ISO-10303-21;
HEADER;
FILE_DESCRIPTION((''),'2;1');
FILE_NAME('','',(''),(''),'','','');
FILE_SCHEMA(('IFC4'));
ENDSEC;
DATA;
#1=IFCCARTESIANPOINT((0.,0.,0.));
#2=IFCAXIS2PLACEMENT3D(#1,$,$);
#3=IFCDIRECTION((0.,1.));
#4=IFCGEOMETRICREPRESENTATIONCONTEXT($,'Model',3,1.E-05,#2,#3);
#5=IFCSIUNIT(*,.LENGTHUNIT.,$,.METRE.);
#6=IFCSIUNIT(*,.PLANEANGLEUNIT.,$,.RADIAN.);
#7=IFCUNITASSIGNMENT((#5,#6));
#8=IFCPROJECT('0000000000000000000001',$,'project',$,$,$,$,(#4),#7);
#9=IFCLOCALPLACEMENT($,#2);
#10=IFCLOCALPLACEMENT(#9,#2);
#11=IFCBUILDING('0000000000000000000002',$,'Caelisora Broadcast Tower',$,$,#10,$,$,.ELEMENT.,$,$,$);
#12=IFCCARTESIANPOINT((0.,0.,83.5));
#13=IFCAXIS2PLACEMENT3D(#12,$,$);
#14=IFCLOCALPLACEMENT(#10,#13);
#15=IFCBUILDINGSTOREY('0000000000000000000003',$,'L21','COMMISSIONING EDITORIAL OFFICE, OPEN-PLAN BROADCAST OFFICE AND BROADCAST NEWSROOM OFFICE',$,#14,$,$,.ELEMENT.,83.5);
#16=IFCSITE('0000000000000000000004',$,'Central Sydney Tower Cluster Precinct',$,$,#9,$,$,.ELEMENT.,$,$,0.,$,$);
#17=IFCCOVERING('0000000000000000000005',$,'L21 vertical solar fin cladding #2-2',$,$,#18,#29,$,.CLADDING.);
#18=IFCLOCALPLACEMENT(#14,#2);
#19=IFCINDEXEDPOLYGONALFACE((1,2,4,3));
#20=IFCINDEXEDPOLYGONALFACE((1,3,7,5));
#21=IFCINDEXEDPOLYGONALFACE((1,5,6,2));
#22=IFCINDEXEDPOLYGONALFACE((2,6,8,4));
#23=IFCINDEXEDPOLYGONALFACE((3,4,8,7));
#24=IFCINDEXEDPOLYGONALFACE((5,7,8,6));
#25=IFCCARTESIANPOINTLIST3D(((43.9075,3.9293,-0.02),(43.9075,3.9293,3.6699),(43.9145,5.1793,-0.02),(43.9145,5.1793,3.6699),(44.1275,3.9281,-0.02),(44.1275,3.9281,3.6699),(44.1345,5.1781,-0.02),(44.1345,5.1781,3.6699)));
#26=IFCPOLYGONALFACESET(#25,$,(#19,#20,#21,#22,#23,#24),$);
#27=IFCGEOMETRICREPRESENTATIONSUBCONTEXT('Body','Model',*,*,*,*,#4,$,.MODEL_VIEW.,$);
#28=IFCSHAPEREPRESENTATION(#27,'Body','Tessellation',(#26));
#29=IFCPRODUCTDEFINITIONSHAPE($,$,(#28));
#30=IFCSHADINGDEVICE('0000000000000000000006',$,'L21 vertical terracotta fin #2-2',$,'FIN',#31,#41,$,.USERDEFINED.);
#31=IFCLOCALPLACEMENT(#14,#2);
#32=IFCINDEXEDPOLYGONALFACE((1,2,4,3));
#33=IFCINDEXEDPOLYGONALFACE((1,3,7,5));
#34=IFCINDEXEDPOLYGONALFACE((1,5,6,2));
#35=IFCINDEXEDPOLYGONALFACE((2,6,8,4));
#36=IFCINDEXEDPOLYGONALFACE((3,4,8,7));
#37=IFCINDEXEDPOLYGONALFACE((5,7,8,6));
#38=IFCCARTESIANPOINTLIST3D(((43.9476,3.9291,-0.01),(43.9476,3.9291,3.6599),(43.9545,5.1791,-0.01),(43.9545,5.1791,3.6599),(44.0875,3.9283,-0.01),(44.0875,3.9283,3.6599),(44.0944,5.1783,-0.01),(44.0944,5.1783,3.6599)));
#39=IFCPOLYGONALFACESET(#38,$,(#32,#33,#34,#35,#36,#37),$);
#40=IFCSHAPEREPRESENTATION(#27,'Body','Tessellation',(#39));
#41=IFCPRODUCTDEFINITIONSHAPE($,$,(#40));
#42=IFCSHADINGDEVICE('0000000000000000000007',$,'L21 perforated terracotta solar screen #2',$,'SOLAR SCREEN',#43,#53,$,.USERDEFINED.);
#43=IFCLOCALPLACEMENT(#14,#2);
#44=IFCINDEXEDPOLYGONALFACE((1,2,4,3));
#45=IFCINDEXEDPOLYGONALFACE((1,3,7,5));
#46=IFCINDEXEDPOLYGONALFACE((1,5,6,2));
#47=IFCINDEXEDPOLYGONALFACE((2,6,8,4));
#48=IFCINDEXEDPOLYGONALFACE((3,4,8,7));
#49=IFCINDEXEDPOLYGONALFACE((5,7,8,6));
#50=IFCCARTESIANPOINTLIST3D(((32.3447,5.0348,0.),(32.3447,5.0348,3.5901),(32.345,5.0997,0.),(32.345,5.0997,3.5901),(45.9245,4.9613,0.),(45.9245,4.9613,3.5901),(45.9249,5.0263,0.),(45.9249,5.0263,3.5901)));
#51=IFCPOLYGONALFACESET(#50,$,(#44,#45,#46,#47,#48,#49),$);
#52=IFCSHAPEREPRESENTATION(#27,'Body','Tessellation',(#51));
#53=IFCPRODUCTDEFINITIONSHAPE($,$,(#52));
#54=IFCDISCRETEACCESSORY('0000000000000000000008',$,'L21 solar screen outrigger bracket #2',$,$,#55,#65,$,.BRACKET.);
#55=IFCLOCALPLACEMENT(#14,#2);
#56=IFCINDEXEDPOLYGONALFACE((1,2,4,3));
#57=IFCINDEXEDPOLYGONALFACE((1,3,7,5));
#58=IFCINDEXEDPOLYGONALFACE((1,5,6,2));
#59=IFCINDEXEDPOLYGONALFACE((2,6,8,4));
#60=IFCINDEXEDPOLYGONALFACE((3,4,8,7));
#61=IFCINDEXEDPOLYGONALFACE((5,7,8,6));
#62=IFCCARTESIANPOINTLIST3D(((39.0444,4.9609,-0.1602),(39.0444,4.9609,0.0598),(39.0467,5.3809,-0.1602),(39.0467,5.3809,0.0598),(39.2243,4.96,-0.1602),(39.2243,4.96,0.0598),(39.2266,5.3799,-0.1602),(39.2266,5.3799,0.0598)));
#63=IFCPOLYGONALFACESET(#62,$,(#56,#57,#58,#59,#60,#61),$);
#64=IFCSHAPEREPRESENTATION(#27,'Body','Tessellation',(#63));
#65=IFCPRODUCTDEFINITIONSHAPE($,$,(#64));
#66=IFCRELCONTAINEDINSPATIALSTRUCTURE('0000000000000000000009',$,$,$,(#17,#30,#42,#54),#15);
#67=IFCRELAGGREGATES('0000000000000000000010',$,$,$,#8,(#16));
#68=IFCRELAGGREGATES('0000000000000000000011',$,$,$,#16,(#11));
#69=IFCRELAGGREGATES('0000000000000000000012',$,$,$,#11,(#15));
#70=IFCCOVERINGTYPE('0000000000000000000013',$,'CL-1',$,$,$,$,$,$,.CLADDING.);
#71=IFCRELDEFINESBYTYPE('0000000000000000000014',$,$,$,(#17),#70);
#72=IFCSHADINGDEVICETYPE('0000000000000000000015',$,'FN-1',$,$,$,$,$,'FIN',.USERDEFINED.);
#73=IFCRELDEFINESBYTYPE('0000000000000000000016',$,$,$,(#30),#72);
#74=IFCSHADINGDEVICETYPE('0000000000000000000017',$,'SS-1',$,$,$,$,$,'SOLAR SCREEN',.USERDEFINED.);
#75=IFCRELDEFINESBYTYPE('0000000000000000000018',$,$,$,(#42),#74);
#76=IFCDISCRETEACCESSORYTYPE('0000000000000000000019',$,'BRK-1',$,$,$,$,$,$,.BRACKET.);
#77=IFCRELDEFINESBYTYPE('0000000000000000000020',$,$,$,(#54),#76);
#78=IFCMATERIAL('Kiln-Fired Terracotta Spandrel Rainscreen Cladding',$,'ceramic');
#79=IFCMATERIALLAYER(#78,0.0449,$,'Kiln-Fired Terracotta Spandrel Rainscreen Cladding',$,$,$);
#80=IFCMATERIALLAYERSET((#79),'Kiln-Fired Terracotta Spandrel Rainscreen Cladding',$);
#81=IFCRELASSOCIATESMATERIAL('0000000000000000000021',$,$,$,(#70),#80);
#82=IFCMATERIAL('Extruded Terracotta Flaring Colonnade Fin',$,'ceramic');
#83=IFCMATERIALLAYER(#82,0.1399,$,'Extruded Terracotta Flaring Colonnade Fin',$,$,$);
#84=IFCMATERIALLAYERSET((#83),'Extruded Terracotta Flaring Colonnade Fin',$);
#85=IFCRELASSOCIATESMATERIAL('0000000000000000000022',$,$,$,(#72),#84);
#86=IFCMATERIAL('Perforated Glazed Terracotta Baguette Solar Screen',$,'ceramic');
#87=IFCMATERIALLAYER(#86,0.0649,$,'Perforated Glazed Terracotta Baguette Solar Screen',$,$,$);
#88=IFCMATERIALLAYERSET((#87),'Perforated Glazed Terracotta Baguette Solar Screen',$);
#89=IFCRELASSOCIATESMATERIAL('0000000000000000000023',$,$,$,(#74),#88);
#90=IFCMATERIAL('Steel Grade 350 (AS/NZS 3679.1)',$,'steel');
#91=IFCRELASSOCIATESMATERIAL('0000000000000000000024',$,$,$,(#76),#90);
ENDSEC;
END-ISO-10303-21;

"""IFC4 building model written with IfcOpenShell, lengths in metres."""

from ifc_helpers import new_model, si_unit, direction, frame, origin, origin_2d, place, context, subcontext, project, spatial, rectangle, extrude, source, transform, mapped, material, layer, layer_set, type_object, type_shapes, element, save


model = new_model("IFC4")

# Units and contexts
model_context = context("Model", 3, precision=1e-05, world=origin(), true_north=direction((0.0, 1.0)))
body_context = subcontext(model_context, "Body", "Model", "MODEL_VIEW")
ifc_project = project(units=[si_unit("LENGTHUNIT", "METRE"), si_unit("PLANEANGLEUNIT", "RADIAN")], contexts=[model_context])

# Site, building, storey
site_placement = place(None, origin())
site = spatial("IfcSite", under=ifc_project, at=site_placement, Name="Central Sydney Tower Cluster Precinct", CompositionType="ELEMENT", RefElevation=0.0)
building_placement = place(site_placement, origin())
building = spatial("IfcBuilding", under=site, at=building_placement, Name="Caelisora Broadcast Tower", CompositionType="ELEMENT")
storey_placement = place(building_placement, frame((0.0, 0.0, 83.5)))
storey = spatial("IfcBuildingStorey", under=building, at=storey_placement, Name="L21", Description="COMMISSIONING EDITORIAL OFFICE, OPEN-PLAN BROADCAST OFFICE AND BROADCAST NEWSROOM OFFICE", CompositionType="ELEMENT", Elevation=83.5)

# Shared definitions
ifc_material_1 = material(Name="Steel Grade 350 (AS/NZS 3679.1)", Category="steel")

# Covering
ifc_material_2 = material(Name="Kiln-Fired Terracotta Spandrel Rainscreen Cladding", Category="ceramic")
ifc_layer_1 = layer(ifc_material_2, 0.0449, Name="Kiln-Fired Terracotta Spandrel Rainscreen Cladding")
ifc_layer_set_1 = layer_set([ifc_layer_1], Name="Kiln-Fired Terracotta Spandrel Rainscreen Cladding")
covering_type = type_object("IfcCoveringType", Name="CL-1", PredefinedType="CLADDING", material=ifc_layer_set_1)
shared_shape_1 = source(origin(), body_context, "Body", "SweptSolid", [
    extrude(rectangle(XDim=0.22, YDim=1.25, at=origin_2d()), origin(), (0.0, 0.0, 1.0), 3.6899),
])
type_shapes(covering_type, [shared_shape_1])
covering_placement = place(storey_placement, frame((44.021, 4.5537, -0.02), z_axis=(0.0, 0.0, 1.0), x_axis=(-0.999984, 0.005585, 0.0)))
element("IfcCovering", 1, at=covering_placement, inside=storey, type_object=covering_type, Name="L21 vertical solar fin cladding #2-2", PredefinedType="CLADDING", context=body_context, shape_type="MappedRepresentation", body=[
    mapped(shared_shape_1, transform((0.0, 0.0, 0.0), scale=1.0)),
])

# Shading devices
ifc_material_3 = material(Name="Extruded Terracotta Flaring Colonnade Fin", Category="ceramic")
ifc_layer_2 = layer(ifc_material_3, 0.1399, Name="Extruded Terracotta Flaring Colonnade Fin")
ifc_layer_set_2 = layer_set([ifc_layer_2], Name="Extruded Terracotta Flaring Colonnade Fin")
shading_device_type_1 = type_object("IfcShadingDeviceType", Name="FN-1", ElementType="FIN", PredefinedType="USERDEFINED", material=ifc_layer_set_2)
shared_shape_2 = source(origin(), body_context, "Body", "SweptSolid", [
    extrude(rectangle(XDim=0.1399, YDim=1.25, at=origin_2d()), origin(), (0.0, 0.0, 1.0), 3.6699),
])
type_shapes(shading_device_type_1, [shared_shape_2])
shading_device_1_placement = place(storey_placement, frame((44.021, 4.5537, -0.01), z_axis=(0.0, 0.0, 1.0), x_axis=(-0.999984, 0.005585, 0.0)))
element("IfcShadingDevice", 2, at=shading_device_1_placement, inside=storey, type_object=shading_device_type_1, Name="L21 vertical terracotta fin #2-2", ObjectType="FIN", PredefinedType="USERDEFINED", context=body_context, shape_type="MappedRepresentation", body=[
    mapped(shared_shape_2, transform((0.0, 0.0, 0.0), scale=1.0)),
])
ifc_material_4 = material(Name="Perforated Glazed Terracotta Baguette Solar Screen", Category="ceramic")
ifc_layer_3 = layer(ifc_material_4, 0.0649, Name="Perforated Glazed Terracotta Baguette Solar Screen")
ifc_layer_set_3 = layer_set([ifc_layer_3], Name="Perforated Glazed Terracotta Baguette Solar Screen")
shading_device_type_2 = type_object("IfcShadingDeviceType", Name="SS-1", ElementType="SOLAR SCREEN", PredefinedType="USERDEFINED", material=ifc_layer_set_3)
shared_shape_3 = source(origin(), body_context, "Body", "SweptSolid", [
    extrude(rectangle(XDim=13.5801, YDim=0.0649, at=origin_2d()), origin(), (0.0, 0.0, 1.0), 3.5901),
])
type_shapes(shading_device_type_2, [shared_shape_3])
shading_device_2_placement = place(storey_placement, frame((39.1348, 5.0305, 0.0), z_axis=(0.0, 0.0, 1.0), x_axis=(0.999985, -0.00541, 0.0)))
element("IfcShadingDevice", 3, at=shading_device_2_placement, inside=storey, type_object=shading_device_type_2, Name="L21 perforated terracotta solar screen #2", ObjectType="SOLAR SCREEN", PredefinedType="USERDEFINED", context=body_context, shape_type="MappedRepresentation", body=[
    mapped(shared_shape_3, transform((0.0, 0.0, 0.0), scale=1.0)),
])

# Discrete accessory
discrete_accessory_type = type_object("IfcDiscreteAccessoryType", Name="BRK-1", PredefinedType="BRACKET", material=ifc_material_1)
shared_shape_4 = source(origin(), body_context, "Body", "SweptSolid", [
    extrude(rectangle(XDim=0.1799, YDim=0.4199, at=origin_2d()), origin(), (0.0, 0.0, 1.0), 0.22),
])
type_shapes(discrete_accessory_type, [shared_shape_4])
discrete_accessory_placement = place(storey_placement, frame((39.1355, 5.1704, -0.1602), z_axis=(0.0, 0.0, 1.0), x_axis=(0.999985, -0.00541, 0.0)))
element("IfcDiscreteAccessory", 4, at=discrete_accessory_placement, inside=storey, type_object=discrete_accessory_type, Name="L21 solar screen outrigger bracket #2", PredefinedType="BRACKET", context=body_context, shape_type="MappedRepresentation", body=[
    mapped(shared_shape_4, transform((0.0, 0.0, 0.0), scale=1.0)),
])

save(model, "model.ifc")
